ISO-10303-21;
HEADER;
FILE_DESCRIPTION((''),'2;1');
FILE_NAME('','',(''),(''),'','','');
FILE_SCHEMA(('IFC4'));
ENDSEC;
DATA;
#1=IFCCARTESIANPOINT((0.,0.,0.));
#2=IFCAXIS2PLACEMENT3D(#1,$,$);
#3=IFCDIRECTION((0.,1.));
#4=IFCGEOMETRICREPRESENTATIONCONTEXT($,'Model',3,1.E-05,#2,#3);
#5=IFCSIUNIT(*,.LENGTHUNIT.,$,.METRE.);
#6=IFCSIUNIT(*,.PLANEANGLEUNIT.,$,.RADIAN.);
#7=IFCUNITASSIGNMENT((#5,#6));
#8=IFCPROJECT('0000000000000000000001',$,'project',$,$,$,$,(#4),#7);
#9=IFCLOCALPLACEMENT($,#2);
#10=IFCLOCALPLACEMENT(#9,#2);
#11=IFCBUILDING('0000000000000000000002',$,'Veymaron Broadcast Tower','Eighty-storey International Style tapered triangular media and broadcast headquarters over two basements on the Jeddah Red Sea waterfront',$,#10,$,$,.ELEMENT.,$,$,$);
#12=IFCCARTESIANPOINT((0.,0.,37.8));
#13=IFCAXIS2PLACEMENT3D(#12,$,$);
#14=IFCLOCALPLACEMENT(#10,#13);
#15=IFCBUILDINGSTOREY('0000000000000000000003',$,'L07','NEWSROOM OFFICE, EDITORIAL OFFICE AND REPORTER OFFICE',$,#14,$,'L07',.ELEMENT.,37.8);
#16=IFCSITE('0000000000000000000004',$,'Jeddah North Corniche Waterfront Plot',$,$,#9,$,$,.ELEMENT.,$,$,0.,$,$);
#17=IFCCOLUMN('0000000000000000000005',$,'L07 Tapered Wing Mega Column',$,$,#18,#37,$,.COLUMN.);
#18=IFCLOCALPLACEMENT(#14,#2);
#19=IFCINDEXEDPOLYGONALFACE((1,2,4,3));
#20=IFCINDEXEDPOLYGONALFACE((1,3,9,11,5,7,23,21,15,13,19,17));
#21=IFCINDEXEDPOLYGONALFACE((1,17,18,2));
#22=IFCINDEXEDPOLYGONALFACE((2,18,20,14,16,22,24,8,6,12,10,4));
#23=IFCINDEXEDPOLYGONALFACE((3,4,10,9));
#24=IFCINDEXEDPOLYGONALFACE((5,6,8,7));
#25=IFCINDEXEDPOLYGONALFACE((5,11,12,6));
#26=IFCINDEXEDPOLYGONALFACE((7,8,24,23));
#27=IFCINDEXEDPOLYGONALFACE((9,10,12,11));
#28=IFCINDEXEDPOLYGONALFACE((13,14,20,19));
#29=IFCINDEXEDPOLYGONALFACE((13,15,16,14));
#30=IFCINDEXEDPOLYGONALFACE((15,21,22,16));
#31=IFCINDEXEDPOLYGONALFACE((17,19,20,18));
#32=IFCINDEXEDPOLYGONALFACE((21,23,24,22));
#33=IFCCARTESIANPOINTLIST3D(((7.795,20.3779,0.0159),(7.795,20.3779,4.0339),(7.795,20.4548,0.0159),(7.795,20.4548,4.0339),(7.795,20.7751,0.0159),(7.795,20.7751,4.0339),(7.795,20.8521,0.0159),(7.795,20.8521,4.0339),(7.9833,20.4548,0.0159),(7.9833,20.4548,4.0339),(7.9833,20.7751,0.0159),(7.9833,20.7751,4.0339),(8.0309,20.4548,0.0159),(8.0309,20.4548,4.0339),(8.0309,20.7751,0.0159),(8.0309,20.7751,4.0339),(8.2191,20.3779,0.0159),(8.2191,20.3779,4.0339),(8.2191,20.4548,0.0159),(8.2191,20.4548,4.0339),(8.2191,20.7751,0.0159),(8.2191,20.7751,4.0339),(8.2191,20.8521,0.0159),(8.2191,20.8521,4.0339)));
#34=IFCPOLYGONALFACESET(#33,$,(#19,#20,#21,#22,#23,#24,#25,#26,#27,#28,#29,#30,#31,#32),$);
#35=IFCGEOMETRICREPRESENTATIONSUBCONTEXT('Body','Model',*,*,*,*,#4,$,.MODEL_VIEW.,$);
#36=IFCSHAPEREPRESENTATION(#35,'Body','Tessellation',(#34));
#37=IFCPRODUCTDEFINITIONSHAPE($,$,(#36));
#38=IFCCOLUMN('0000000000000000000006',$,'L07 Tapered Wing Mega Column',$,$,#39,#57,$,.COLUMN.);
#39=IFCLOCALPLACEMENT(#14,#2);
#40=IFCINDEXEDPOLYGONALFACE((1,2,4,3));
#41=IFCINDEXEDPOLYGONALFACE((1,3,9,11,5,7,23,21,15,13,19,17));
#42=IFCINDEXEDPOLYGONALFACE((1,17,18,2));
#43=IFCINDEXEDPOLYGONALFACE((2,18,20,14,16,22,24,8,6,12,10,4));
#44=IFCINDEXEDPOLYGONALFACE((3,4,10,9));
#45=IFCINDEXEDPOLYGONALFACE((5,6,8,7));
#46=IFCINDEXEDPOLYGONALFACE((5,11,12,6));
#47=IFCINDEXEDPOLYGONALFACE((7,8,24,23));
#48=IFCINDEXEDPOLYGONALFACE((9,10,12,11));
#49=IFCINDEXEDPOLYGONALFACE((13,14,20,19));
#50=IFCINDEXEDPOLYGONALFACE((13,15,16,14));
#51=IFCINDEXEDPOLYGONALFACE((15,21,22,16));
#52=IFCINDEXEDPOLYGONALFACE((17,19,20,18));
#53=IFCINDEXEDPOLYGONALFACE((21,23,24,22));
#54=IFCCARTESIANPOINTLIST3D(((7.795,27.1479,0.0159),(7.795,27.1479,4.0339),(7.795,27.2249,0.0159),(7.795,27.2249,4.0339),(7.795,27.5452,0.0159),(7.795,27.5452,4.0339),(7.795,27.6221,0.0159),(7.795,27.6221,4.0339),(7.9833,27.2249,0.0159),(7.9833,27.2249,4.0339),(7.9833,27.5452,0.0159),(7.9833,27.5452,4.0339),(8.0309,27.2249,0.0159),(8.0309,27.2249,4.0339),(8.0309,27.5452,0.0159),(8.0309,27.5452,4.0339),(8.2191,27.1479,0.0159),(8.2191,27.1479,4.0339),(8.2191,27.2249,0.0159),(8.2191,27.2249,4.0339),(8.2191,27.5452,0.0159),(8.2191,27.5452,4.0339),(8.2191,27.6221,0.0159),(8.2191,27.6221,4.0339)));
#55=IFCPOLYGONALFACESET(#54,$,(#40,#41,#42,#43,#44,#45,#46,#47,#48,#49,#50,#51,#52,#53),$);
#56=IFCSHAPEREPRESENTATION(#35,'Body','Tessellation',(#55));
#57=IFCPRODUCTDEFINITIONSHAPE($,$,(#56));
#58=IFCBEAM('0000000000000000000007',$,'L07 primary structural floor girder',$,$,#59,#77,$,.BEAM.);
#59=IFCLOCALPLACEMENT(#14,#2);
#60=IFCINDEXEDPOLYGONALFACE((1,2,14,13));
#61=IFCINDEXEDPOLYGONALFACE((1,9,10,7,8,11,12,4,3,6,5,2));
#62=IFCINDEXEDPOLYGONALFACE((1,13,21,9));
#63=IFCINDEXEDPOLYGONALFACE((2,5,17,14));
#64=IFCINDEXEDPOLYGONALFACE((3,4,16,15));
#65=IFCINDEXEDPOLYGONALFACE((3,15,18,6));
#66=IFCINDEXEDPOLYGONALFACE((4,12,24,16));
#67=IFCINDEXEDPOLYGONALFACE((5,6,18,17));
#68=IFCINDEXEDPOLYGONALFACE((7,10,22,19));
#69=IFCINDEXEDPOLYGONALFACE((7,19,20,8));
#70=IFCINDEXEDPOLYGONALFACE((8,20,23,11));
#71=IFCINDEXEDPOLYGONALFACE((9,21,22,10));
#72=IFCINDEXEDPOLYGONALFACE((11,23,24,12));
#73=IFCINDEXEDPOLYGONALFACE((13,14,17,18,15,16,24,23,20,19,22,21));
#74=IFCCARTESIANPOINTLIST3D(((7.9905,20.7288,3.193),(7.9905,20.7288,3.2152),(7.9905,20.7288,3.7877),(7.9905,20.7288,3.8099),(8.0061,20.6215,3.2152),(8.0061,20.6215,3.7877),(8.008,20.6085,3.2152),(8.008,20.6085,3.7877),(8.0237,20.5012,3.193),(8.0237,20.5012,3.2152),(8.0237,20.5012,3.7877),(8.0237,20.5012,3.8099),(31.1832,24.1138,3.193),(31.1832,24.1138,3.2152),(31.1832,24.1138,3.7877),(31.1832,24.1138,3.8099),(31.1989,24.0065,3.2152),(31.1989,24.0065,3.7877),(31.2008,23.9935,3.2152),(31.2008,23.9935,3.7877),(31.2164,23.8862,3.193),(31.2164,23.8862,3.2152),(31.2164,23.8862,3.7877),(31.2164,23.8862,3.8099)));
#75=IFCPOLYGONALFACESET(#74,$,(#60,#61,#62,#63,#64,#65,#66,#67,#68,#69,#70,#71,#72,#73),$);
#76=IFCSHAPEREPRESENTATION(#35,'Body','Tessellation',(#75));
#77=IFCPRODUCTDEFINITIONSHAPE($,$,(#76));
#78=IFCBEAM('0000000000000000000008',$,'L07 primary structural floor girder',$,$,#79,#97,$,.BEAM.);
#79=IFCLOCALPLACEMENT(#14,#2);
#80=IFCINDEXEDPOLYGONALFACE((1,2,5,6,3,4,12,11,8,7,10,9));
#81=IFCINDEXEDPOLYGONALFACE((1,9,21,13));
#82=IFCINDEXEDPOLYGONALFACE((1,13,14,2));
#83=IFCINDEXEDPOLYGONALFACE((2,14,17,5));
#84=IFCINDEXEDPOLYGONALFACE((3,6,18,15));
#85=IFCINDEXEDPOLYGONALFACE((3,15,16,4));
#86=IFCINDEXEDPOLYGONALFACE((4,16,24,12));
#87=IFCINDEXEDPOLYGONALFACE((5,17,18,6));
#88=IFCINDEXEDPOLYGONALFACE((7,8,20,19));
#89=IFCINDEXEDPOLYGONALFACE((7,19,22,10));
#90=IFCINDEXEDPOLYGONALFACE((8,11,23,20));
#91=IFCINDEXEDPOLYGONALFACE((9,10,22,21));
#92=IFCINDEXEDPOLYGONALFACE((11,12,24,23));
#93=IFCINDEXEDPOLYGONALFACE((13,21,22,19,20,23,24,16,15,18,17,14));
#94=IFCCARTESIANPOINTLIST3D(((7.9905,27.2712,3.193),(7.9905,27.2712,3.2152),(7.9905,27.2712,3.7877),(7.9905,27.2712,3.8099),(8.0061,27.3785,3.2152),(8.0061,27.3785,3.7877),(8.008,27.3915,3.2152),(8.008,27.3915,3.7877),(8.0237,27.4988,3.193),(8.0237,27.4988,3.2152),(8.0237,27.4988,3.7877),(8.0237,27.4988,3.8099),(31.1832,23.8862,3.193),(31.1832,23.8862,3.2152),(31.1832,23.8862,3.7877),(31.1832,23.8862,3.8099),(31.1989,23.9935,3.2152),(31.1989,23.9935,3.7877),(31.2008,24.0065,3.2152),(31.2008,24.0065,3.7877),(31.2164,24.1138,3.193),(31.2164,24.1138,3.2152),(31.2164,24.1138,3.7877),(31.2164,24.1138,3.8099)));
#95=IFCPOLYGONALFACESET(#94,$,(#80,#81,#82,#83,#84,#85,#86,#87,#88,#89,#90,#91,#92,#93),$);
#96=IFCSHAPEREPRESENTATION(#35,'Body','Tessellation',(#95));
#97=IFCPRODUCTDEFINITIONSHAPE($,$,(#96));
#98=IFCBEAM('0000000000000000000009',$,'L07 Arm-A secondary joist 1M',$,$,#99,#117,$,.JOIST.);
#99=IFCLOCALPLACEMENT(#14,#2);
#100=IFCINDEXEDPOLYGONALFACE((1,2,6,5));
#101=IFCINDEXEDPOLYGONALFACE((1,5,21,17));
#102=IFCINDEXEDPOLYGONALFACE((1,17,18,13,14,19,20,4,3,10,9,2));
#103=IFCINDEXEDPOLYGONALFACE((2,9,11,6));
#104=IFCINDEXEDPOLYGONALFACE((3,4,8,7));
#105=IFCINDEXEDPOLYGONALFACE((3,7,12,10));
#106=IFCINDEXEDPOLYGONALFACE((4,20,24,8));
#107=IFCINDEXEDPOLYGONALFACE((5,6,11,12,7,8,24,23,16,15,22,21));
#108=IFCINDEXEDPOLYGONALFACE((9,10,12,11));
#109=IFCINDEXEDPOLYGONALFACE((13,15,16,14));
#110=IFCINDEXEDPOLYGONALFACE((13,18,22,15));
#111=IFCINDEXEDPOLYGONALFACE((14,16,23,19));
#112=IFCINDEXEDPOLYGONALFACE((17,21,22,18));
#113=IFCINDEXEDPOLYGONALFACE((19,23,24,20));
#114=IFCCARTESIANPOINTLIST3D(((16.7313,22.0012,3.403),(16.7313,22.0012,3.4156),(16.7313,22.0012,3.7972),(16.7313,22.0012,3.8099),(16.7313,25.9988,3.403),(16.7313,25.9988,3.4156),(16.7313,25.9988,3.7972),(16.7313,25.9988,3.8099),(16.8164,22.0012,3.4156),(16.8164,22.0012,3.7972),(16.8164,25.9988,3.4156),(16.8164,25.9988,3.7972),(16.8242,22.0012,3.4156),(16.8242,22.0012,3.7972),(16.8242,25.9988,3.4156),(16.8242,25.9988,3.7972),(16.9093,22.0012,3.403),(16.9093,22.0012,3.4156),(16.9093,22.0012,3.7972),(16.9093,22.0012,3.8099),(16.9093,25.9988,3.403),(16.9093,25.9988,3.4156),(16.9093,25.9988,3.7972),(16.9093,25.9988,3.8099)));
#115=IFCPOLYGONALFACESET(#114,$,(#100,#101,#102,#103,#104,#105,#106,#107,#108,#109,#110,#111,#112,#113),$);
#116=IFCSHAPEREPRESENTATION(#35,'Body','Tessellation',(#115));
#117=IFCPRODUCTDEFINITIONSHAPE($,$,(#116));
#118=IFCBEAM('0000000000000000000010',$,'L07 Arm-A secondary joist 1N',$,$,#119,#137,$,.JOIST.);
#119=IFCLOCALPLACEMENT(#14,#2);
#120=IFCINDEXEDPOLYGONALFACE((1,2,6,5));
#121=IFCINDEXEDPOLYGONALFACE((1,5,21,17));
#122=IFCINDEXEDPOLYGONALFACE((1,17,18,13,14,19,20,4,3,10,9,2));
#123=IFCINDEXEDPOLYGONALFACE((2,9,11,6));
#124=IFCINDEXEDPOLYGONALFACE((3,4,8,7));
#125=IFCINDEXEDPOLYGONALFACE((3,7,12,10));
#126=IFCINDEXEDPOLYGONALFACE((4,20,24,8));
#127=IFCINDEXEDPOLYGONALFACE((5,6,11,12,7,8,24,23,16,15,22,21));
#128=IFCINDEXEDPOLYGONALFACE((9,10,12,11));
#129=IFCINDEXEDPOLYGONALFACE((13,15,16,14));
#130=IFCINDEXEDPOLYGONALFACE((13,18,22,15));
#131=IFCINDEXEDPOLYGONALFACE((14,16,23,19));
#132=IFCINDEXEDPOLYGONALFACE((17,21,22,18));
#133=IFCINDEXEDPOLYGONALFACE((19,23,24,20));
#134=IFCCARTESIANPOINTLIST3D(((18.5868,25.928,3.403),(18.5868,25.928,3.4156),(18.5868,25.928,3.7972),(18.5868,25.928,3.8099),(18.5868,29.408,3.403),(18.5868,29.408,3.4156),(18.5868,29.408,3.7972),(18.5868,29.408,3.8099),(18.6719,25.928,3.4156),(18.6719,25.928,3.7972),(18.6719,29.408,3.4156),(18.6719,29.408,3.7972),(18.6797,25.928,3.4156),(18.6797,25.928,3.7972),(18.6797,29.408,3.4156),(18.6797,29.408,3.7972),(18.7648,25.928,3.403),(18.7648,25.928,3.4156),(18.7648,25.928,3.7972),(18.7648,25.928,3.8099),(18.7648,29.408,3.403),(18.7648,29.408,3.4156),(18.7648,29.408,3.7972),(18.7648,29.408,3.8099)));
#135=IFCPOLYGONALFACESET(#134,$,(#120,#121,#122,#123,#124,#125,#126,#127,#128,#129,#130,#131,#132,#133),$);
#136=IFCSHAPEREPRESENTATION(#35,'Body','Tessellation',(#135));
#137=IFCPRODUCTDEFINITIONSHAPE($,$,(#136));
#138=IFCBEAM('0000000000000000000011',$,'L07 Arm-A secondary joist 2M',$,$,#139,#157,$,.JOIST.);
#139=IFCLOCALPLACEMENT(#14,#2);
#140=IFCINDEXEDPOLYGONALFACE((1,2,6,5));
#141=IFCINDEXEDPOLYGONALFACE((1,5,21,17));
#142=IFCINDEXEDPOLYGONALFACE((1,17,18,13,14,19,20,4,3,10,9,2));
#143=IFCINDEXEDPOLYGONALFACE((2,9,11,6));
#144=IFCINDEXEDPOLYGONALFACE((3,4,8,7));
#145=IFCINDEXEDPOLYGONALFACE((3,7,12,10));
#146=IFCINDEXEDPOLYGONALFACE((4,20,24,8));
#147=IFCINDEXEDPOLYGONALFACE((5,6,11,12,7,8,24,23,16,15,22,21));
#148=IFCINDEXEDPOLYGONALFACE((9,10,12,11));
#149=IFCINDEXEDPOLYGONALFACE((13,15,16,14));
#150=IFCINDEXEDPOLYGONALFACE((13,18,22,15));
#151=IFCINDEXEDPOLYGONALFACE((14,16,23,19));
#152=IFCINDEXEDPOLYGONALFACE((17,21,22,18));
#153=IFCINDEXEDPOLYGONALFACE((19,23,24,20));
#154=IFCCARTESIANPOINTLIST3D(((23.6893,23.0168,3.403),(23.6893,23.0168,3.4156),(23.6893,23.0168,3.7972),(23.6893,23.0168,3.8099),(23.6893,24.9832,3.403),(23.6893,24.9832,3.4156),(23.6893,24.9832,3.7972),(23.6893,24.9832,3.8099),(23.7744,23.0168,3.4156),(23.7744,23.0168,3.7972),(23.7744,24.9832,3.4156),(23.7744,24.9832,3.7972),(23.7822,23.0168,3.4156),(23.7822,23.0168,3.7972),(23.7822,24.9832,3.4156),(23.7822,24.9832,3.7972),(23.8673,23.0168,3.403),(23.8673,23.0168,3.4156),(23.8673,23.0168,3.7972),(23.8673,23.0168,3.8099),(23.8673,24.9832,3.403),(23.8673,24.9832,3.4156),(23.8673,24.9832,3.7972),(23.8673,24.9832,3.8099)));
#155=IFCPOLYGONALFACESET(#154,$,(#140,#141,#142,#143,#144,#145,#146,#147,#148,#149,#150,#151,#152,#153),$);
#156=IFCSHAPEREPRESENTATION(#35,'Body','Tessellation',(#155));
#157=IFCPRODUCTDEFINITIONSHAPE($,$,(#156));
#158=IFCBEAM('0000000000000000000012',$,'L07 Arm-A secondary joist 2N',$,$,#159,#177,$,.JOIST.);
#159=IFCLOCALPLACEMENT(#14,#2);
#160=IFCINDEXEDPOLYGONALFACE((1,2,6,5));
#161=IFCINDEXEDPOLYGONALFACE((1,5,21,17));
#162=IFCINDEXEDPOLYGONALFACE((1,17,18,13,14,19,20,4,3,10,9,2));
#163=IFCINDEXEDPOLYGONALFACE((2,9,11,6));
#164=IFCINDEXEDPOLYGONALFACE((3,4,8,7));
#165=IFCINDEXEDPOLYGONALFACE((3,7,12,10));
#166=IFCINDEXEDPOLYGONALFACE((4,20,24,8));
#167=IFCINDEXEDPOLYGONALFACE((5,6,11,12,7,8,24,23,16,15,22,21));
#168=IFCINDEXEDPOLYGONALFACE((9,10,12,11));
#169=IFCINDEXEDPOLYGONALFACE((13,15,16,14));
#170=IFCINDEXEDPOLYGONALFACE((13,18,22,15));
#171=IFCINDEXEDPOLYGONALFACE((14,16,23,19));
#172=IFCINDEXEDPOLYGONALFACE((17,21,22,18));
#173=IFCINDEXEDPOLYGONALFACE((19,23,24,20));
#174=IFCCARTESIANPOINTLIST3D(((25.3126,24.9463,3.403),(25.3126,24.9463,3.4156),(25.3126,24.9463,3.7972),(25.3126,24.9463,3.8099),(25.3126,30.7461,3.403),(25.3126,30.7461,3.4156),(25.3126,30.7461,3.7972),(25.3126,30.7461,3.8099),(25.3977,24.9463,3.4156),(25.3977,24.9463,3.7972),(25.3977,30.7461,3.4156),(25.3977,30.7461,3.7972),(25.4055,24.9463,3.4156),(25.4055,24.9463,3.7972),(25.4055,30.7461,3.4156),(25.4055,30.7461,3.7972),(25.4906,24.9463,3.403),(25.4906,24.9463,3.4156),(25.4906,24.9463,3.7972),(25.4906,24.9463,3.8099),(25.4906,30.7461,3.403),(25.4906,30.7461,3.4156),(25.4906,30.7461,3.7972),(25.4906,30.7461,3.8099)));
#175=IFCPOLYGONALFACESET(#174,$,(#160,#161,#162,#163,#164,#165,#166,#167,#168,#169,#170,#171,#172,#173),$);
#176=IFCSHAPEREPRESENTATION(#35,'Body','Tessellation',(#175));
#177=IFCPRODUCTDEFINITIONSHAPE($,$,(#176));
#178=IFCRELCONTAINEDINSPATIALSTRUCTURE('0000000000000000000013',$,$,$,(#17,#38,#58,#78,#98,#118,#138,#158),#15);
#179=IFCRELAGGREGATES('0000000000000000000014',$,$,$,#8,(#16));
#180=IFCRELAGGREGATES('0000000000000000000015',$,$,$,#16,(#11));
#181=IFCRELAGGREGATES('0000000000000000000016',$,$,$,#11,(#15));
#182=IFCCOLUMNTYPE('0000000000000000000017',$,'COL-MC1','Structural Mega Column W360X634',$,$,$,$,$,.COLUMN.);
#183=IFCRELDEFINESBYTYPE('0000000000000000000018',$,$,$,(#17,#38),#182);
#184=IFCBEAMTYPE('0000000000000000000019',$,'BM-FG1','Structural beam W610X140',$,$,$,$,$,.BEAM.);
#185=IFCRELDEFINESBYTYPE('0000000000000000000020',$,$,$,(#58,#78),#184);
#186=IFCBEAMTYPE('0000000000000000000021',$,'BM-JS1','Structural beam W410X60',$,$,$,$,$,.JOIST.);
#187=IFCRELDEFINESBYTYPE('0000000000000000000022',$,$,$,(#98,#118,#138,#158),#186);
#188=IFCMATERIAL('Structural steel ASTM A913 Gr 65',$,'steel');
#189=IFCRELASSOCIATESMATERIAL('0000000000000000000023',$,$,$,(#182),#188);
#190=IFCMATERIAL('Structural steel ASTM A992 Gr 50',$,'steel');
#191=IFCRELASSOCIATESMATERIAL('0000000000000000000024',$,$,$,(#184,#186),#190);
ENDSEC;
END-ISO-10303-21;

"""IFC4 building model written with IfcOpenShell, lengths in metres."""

from ifc_helpers import new_model, si_unit, direction, frame, origin, origin_2d, place, context, subcontext, project, spatial, i_section, extrude, material, material_profile, profile_set, type_object, element, save


model = new_model("IFC4")

# Units and contexts
model_context = context("Model", 3, precision=1e-05, world=origin(), true_north=direction((0.0, 1.0)))
body_context = subcontext(model_context, "Body", "Model", "MODEL_VIEW")
ifc_project = project(units=[si_unit("LENGTHUNIT", "METRE"), si_unit("PLANEANGLEUNIT", "RADIAN")], contexts=[model_context])

# Site, building, storey
site_placement = place(None, origin())
site = spatial("IfcSite", under=ifc_project, at=site_placement, Name="Jeddah North Corniche Waterfront Plot", CompositionType="ELEMENT", RefElevation=0.0)
building_placement = place(site_placement, origin())
building = spatial("IfcBuilding", under=site, at=building_placement, Name="Veymaron Broadcast Tower", Description="Eighty-storey International Style tapered triangular media and broadcast headquarters over two basements on the Jeddah Red Sea waterfront", CompositionType="ELEMENT")
storey_placement = place(building_placement, frame((0.0, 0.0, 37.8)))
storey = spatial("IfcBuildingStorey", under=building, at=storey_placement, Name="L07", Description="NEWSROOM OFFICE, EDITORIAL OFFICE AND REPORTER OFFICE", LongName="L07", CompositionType="ELEMENT", Elevation=37.8)

# Columns
ifc_material_1 = material(Name="Structural steel ASTM A913 Gr 65", Category="steel")
ifc_material_profile_1 = material_profile(ifc_material_1, i_section(OverallWidth=0.4241, OverallDepth=0.4741, WebThickness=0.0476, FlangeThickness=0.0769, at=origin_2d()), Name="W360X634")
ifc_profile_set_1 = profile_set([ifc_material_profile_1], Name="Structural steel ASTM A913 Gr 65")
column_type = type_object("IfcColumnType", Name="COL-MC1", Description="Structural Mega Column W360X634", PredefinedType="COLUMN", material=ifc_profile_set_1)
for number, where, z_axis, x_axis, name in (
    (1, (8.0071, 20.615, 0.0159), (0.0, 0.0, 1.0), (1.0, 0.0, 0.0), "L07 Tapered Wing Mega Column"),
    (2, (8.0071, 27.385, 0.0159), (0.0, 0.0, 1.0), (1.0, 0.0, 0.0), "L07 Tapered Wing Mega Column"),
):
    element("IfcColumn", number, at=place(storey_placement, frame(where, z_axis=z_axis, x_axis=x_axis)), inside=storey, type_object=column_type, Name=name, PredefinedType="COLUMN", context=body_context, shape_type="SweptSolid", body=[
        extrude(i_section(OverallWidth=0.4241, OverallDepth=0.4741, WebThickness=0.0476, FlangeThickness=0.0769, at=origin_2d()), origin(), (0.0, 0.0, 1.0), 4.0181),
    ])

# Beams
ifc_material_2 = material(Name="Structural steel ASTM A992 Gr 50", Category="steel")
ifc_material_profile_2 = material_profile(ifc_material_2, i_section(OverallWidth=0.23, OverallDepth=0.6169, WebThickness=0.0132, FlangeThickness=0.0222, at=origin_2d()), Name="W610X140")
ifc_profile_set_2 = profile_set([ifc_material_profile_2], Name="Structural steel ASTM A992 Gr 50")
beam_type_1 = type_object("IfcBeamType", Name="BM-FG1", Description="Structural beam W610X140", PredefinedType="BEAM", material=ifc_profile_set_2)
for number, where, z_axis, x_axis, name in (
    (3, (8.0071, 20.615, 3.5015), (0.989516, 0.14442, 0.0), (-0.14442, 0.989516, 0.0), "L07 primary structural floor girder"),
    (4, (8.0071, 27.385, 3.5015), (0.989516, -0.14442, 0.0), (0.14442, 0.989516, 0.0), "L07 primary structural floor girder"),
):
    element("IfcBeam", number, at=place(storey_placement, frame(where, z_axis=z_axis, x_axis=x_axis)), inside=storey, type_object=beam_type_1, Name=name, PredefinedType="BEAM", context=body_context, shape_type="SweptSolid", body=[
        extrude(i_section(OverallWidth=0.23, OverallDepth=0.6169, WebThickness=0.0132, FlangeThickness=0.0222, at=origin_2d()), origin(), (0.0, 0.0, 1.0), 23.4385),
    ])
ifc_material_profile_3 = material_profile(ifc_material_2, i_section(OverallWidth=0.178, OverallDepth=0.407, WebThickness=0.0078, FlangeThickness=0.0127, at=origin_2d()), Name="W410X60")
ifc_profile_set_3 = profile_set([ifc_material_profile_3], Name="Structural steel ASTM A992 Gr 50")
beam_type_2 = type_object("IfcBeamType", Name="BM-JS1", Description="Structural beam W410X60", PredefinedType="JOIST", material=ifc_profile_set_3)
beam_1_placement = place(storey_placement, frame((16.8203, 22.0012, 3.6064), z_axis=(0.0, 1.0, 0.0), x_axis=(-1.0, 0.0, 0.0)))
element("IfcBeam", 5, at=beam_1_placement, inside=storey, type_object=beam_type_2, Name="L07 Arm-A secondary joist 1M", PredefinedType="JOIST", context=body_context, shape_type="SweptSolid", body=[
    extrude(i_section(OverallWidth=0.178, OverallDepth=0.407, WebThickness=0.0078, FlangeThickness=0.0127, at=origin_2d()), origin(), (0.0, 0.0, 1.0), 3.9976),
])
beam_2_placement = place(storey_placement, frame((18.6758, 25.928, 3.6064), z_axis=(0.0, 1.0, 0.0), x_axis=(-1.0, 0.0, 0.0)))
element("IfcBeam", 6, at=beam_2_placement, inside=storey, type_object=beam_type_2, Name="L07 Arm-A secondary joist 1N", PredefinedType="JOIST", context=body_context, shape_type="SweptSolid", body=[
    extrude(i_section(OverallWidth=0.178, OverallDepth=0.407, WebThickness=0.0078, FlangeThickness=0.0127, at=origin_2d()), origin(), (0.0, 0.0, 1.0), 3.48),
])
beam_3_placement = place(storey_placement, frame((23.7783, 23.0168, 3.6064), z_axis=(0.0, 1.0, 0.0), x_axis=(-1.0, 0.0, 0.0)))
element("IfcBeam", 7, at=beam_3_placement, inside=storey, type_object=beam_type_2, Name="L07 Arm-A secondary joist 2M", PredefinedType="JOIST", context=body_context, shape_type="SweptSolid", body=[
    extrude(i_section(OverallWidth=0.178, OverallDepth=0.407, WebThickness=0.0078, FlangeThickness=0.0127, at=origin_2d()), origin(), (0.0, 0.0, 1.0), 1.9663),
])
beam_4_placement = place(storey_placement, frame((25.4016, 24.9463, 3.6064), z_axis=(0.0, 1.0, 0.0), x_axis=(-1.0, 0.0, 0.0)))
element("IfcBeam", 8, at=beam_4_placement, inside=storey, type_object=beam_type_2, Name="L07 Arm-A secondary joist 2N", PredefinedType="JOIST", context=body_context, shape_type="SweptSolid", body=[
    extrude(i_section(OverallWidth=0.178, OverallDepth=0.407, WebThickness=0.0078, FlangeThickness=0.0127, at=origin_2d()), origin(), (0.0, 0.0, 1.0), 5.7998),
])

save(model, "model.ifc")
